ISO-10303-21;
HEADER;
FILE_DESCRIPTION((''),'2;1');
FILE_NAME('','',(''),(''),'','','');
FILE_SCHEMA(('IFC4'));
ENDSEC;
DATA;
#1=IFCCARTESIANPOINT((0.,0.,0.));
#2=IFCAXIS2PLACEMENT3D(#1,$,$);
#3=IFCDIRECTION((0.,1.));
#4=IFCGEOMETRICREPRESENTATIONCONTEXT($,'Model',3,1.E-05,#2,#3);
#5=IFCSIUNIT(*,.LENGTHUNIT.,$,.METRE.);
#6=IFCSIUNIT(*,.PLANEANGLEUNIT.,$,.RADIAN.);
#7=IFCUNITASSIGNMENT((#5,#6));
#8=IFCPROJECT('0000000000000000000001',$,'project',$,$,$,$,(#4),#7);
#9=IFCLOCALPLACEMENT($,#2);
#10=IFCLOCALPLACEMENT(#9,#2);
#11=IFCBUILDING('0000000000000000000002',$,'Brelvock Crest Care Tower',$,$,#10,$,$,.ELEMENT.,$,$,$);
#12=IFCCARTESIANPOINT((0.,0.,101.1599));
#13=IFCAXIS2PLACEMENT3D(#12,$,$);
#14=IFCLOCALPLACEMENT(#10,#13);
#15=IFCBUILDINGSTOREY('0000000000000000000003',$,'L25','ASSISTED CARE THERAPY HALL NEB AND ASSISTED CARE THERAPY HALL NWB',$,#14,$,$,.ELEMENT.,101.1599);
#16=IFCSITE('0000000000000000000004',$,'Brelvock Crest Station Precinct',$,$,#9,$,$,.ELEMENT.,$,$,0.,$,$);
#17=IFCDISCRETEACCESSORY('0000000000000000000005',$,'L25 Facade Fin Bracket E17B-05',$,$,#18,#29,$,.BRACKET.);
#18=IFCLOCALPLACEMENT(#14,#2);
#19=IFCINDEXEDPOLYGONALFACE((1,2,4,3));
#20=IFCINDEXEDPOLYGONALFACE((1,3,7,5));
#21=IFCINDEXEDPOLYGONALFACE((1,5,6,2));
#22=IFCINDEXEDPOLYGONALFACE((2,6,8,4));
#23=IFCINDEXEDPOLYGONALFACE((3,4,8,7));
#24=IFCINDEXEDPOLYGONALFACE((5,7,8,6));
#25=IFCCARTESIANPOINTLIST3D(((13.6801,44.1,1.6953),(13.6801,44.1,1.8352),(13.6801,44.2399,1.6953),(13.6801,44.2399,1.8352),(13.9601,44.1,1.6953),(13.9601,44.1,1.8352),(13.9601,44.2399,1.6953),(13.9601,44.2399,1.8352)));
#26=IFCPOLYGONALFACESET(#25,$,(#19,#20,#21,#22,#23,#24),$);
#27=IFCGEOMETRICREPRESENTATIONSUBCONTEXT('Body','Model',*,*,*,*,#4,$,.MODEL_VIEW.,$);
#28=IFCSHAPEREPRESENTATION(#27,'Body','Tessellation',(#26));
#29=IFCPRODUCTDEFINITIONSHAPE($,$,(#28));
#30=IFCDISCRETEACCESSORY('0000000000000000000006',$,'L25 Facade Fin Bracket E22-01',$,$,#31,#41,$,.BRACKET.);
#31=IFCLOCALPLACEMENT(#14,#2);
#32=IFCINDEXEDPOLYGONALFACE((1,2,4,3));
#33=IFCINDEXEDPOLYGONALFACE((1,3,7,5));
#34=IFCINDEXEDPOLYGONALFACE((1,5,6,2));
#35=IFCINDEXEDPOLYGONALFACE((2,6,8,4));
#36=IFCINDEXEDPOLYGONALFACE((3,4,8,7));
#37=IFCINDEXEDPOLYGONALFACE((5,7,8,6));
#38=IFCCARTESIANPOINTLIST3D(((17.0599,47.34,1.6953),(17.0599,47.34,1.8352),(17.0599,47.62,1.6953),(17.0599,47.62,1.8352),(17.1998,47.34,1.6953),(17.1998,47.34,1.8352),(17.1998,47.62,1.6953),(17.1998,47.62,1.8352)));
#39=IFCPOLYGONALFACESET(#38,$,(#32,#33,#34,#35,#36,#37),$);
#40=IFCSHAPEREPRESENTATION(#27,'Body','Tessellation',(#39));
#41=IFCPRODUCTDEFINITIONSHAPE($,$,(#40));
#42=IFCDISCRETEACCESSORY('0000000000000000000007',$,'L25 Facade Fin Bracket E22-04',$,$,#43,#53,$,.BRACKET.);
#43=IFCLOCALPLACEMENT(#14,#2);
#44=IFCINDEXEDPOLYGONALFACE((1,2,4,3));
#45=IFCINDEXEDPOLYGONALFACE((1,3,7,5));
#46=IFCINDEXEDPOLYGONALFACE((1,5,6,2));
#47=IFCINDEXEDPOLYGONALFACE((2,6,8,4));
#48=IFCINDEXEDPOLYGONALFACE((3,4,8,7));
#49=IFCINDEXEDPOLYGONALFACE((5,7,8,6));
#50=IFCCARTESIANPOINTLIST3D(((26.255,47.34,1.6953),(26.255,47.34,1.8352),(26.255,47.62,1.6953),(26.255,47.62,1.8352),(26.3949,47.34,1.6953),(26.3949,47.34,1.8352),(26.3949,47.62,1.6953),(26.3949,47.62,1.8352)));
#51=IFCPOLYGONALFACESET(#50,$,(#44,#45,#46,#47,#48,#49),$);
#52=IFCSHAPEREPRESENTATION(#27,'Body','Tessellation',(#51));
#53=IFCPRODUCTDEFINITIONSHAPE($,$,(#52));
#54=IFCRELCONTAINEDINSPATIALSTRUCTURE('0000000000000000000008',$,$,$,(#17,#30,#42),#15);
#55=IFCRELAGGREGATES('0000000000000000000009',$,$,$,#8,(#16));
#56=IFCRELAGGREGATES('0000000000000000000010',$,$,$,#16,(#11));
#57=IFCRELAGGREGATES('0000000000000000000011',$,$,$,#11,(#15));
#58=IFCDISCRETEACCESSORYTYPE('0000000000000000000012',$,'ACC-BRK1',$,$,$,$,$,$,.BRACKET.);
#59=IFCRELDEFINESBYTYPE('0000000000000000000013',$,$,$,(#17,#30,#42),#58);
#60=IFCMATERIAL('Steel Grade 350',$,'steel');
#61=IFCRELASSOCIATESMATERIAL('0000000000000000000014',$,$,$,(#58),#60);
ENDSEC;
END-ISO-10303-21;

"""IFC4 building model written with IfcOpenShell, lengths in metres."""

from ifc_helpers import new_model, si_unit, direction, frame, origin, origin_2d, place, context, subcontext, project, spatial, rectangle, extrude, source, transform, mapped, material, type_object, element, save


model = new_model("IFC4")

# Units and contexts
model_context = context("Model", 3, precision=1e-05, world=origin(), true_north=direction((0.0, 1.0)))
body_context = subcontext(model_context, "Body", "Model", "MODEL_VIEW")
ifc_project = project(units=[si_unit("LENGTHUNIT", "METRE"), si_unit("PLANEANGLEUNIT", "RADIAN")], contexts=[model_context])

# Site, building, storey
site_placement = place(None, origin())
site = spatial("IfcSite", under=ifc_project, at=site_placement, Name="Brelvock Crest Station Precinct", CompositionType="ELEMENT", RefElevation=0.0)
building_placement = place(site_placement, origin())
building = spatial("IfcBuilding", under=site, at=building_placement, Name="Brelvock Crest Care Tower", CompositionType="ELEMENT")
storey_placement = place(building_placement, frame((0.0, 0.0, 101.1599)))
storey = spatial("IfcBuildingStorey", under=building, at=storey_placement, Name="L25", Description="ASSISTED CARE THERAPY HALL NEB AND ASSISTED CARE THERAPY HALL NWB", CompositionType="ELEMENT", Elevation=101.1599)

# Discrete accessories
ifc_material_1 = material(Name="Steel Grade 350", Category="steel")
discrete_accessory_type = type_object("IfcDiscreteAccessoryType", Name="ACC-BRK1", PredefinedType="BRACKET", material=ifc_material_1)
shared_shape_1 = source(origin(), body_context, "Body", "SweptSolid", [
    extrude(rectangle(XDim=0.28, YDim=0.1399, at=origin_2d()), origin(), (0.0, 0.0, 1.0), 0.1399),
])
for number, where, z_axis, x_axis, name in (
    (1, (13.8201, 44.1699, 1.6953), (0.0, 0.0, 1.0), (-1.0, 0.0, 0.0), "L25 Facade Fin Bracket E17B-05"),
    (2, (17.1299, 47.48, 1.6953), (0.0, 0.0, 1.0), (0.0, 1.0, 0.0), "L25 Facade Fin Bracket E22-01"),
    (3, (26.325, 47.48, 1.6953), (0.0, 0.0, 1.0), (0.0, 1.0, 0.0), "L25 Facade Fin Bracket E22-04"),
):
    element("IfcDiscreteAccessory", number, at=place(storey_placement, frame(where, z_axis=z_axis, x_axis=x_axis)), inside=storey, type_object=discrete_accessory_type, Name=name, PredefinedType="BRACKET", context=body_context, shape_type="MappedRepresentation", body=[
        mapped(shared_shape_1, transform((0.0, 0.0, 0.0), x_axis=(1.0, 0.0, 0.0), y_axis=(0.0, 1.0, 0.0), z_axis=(0.0, 0.0, 1.0), scale=1.0)),
    ])

save(model, "model.ifc")
